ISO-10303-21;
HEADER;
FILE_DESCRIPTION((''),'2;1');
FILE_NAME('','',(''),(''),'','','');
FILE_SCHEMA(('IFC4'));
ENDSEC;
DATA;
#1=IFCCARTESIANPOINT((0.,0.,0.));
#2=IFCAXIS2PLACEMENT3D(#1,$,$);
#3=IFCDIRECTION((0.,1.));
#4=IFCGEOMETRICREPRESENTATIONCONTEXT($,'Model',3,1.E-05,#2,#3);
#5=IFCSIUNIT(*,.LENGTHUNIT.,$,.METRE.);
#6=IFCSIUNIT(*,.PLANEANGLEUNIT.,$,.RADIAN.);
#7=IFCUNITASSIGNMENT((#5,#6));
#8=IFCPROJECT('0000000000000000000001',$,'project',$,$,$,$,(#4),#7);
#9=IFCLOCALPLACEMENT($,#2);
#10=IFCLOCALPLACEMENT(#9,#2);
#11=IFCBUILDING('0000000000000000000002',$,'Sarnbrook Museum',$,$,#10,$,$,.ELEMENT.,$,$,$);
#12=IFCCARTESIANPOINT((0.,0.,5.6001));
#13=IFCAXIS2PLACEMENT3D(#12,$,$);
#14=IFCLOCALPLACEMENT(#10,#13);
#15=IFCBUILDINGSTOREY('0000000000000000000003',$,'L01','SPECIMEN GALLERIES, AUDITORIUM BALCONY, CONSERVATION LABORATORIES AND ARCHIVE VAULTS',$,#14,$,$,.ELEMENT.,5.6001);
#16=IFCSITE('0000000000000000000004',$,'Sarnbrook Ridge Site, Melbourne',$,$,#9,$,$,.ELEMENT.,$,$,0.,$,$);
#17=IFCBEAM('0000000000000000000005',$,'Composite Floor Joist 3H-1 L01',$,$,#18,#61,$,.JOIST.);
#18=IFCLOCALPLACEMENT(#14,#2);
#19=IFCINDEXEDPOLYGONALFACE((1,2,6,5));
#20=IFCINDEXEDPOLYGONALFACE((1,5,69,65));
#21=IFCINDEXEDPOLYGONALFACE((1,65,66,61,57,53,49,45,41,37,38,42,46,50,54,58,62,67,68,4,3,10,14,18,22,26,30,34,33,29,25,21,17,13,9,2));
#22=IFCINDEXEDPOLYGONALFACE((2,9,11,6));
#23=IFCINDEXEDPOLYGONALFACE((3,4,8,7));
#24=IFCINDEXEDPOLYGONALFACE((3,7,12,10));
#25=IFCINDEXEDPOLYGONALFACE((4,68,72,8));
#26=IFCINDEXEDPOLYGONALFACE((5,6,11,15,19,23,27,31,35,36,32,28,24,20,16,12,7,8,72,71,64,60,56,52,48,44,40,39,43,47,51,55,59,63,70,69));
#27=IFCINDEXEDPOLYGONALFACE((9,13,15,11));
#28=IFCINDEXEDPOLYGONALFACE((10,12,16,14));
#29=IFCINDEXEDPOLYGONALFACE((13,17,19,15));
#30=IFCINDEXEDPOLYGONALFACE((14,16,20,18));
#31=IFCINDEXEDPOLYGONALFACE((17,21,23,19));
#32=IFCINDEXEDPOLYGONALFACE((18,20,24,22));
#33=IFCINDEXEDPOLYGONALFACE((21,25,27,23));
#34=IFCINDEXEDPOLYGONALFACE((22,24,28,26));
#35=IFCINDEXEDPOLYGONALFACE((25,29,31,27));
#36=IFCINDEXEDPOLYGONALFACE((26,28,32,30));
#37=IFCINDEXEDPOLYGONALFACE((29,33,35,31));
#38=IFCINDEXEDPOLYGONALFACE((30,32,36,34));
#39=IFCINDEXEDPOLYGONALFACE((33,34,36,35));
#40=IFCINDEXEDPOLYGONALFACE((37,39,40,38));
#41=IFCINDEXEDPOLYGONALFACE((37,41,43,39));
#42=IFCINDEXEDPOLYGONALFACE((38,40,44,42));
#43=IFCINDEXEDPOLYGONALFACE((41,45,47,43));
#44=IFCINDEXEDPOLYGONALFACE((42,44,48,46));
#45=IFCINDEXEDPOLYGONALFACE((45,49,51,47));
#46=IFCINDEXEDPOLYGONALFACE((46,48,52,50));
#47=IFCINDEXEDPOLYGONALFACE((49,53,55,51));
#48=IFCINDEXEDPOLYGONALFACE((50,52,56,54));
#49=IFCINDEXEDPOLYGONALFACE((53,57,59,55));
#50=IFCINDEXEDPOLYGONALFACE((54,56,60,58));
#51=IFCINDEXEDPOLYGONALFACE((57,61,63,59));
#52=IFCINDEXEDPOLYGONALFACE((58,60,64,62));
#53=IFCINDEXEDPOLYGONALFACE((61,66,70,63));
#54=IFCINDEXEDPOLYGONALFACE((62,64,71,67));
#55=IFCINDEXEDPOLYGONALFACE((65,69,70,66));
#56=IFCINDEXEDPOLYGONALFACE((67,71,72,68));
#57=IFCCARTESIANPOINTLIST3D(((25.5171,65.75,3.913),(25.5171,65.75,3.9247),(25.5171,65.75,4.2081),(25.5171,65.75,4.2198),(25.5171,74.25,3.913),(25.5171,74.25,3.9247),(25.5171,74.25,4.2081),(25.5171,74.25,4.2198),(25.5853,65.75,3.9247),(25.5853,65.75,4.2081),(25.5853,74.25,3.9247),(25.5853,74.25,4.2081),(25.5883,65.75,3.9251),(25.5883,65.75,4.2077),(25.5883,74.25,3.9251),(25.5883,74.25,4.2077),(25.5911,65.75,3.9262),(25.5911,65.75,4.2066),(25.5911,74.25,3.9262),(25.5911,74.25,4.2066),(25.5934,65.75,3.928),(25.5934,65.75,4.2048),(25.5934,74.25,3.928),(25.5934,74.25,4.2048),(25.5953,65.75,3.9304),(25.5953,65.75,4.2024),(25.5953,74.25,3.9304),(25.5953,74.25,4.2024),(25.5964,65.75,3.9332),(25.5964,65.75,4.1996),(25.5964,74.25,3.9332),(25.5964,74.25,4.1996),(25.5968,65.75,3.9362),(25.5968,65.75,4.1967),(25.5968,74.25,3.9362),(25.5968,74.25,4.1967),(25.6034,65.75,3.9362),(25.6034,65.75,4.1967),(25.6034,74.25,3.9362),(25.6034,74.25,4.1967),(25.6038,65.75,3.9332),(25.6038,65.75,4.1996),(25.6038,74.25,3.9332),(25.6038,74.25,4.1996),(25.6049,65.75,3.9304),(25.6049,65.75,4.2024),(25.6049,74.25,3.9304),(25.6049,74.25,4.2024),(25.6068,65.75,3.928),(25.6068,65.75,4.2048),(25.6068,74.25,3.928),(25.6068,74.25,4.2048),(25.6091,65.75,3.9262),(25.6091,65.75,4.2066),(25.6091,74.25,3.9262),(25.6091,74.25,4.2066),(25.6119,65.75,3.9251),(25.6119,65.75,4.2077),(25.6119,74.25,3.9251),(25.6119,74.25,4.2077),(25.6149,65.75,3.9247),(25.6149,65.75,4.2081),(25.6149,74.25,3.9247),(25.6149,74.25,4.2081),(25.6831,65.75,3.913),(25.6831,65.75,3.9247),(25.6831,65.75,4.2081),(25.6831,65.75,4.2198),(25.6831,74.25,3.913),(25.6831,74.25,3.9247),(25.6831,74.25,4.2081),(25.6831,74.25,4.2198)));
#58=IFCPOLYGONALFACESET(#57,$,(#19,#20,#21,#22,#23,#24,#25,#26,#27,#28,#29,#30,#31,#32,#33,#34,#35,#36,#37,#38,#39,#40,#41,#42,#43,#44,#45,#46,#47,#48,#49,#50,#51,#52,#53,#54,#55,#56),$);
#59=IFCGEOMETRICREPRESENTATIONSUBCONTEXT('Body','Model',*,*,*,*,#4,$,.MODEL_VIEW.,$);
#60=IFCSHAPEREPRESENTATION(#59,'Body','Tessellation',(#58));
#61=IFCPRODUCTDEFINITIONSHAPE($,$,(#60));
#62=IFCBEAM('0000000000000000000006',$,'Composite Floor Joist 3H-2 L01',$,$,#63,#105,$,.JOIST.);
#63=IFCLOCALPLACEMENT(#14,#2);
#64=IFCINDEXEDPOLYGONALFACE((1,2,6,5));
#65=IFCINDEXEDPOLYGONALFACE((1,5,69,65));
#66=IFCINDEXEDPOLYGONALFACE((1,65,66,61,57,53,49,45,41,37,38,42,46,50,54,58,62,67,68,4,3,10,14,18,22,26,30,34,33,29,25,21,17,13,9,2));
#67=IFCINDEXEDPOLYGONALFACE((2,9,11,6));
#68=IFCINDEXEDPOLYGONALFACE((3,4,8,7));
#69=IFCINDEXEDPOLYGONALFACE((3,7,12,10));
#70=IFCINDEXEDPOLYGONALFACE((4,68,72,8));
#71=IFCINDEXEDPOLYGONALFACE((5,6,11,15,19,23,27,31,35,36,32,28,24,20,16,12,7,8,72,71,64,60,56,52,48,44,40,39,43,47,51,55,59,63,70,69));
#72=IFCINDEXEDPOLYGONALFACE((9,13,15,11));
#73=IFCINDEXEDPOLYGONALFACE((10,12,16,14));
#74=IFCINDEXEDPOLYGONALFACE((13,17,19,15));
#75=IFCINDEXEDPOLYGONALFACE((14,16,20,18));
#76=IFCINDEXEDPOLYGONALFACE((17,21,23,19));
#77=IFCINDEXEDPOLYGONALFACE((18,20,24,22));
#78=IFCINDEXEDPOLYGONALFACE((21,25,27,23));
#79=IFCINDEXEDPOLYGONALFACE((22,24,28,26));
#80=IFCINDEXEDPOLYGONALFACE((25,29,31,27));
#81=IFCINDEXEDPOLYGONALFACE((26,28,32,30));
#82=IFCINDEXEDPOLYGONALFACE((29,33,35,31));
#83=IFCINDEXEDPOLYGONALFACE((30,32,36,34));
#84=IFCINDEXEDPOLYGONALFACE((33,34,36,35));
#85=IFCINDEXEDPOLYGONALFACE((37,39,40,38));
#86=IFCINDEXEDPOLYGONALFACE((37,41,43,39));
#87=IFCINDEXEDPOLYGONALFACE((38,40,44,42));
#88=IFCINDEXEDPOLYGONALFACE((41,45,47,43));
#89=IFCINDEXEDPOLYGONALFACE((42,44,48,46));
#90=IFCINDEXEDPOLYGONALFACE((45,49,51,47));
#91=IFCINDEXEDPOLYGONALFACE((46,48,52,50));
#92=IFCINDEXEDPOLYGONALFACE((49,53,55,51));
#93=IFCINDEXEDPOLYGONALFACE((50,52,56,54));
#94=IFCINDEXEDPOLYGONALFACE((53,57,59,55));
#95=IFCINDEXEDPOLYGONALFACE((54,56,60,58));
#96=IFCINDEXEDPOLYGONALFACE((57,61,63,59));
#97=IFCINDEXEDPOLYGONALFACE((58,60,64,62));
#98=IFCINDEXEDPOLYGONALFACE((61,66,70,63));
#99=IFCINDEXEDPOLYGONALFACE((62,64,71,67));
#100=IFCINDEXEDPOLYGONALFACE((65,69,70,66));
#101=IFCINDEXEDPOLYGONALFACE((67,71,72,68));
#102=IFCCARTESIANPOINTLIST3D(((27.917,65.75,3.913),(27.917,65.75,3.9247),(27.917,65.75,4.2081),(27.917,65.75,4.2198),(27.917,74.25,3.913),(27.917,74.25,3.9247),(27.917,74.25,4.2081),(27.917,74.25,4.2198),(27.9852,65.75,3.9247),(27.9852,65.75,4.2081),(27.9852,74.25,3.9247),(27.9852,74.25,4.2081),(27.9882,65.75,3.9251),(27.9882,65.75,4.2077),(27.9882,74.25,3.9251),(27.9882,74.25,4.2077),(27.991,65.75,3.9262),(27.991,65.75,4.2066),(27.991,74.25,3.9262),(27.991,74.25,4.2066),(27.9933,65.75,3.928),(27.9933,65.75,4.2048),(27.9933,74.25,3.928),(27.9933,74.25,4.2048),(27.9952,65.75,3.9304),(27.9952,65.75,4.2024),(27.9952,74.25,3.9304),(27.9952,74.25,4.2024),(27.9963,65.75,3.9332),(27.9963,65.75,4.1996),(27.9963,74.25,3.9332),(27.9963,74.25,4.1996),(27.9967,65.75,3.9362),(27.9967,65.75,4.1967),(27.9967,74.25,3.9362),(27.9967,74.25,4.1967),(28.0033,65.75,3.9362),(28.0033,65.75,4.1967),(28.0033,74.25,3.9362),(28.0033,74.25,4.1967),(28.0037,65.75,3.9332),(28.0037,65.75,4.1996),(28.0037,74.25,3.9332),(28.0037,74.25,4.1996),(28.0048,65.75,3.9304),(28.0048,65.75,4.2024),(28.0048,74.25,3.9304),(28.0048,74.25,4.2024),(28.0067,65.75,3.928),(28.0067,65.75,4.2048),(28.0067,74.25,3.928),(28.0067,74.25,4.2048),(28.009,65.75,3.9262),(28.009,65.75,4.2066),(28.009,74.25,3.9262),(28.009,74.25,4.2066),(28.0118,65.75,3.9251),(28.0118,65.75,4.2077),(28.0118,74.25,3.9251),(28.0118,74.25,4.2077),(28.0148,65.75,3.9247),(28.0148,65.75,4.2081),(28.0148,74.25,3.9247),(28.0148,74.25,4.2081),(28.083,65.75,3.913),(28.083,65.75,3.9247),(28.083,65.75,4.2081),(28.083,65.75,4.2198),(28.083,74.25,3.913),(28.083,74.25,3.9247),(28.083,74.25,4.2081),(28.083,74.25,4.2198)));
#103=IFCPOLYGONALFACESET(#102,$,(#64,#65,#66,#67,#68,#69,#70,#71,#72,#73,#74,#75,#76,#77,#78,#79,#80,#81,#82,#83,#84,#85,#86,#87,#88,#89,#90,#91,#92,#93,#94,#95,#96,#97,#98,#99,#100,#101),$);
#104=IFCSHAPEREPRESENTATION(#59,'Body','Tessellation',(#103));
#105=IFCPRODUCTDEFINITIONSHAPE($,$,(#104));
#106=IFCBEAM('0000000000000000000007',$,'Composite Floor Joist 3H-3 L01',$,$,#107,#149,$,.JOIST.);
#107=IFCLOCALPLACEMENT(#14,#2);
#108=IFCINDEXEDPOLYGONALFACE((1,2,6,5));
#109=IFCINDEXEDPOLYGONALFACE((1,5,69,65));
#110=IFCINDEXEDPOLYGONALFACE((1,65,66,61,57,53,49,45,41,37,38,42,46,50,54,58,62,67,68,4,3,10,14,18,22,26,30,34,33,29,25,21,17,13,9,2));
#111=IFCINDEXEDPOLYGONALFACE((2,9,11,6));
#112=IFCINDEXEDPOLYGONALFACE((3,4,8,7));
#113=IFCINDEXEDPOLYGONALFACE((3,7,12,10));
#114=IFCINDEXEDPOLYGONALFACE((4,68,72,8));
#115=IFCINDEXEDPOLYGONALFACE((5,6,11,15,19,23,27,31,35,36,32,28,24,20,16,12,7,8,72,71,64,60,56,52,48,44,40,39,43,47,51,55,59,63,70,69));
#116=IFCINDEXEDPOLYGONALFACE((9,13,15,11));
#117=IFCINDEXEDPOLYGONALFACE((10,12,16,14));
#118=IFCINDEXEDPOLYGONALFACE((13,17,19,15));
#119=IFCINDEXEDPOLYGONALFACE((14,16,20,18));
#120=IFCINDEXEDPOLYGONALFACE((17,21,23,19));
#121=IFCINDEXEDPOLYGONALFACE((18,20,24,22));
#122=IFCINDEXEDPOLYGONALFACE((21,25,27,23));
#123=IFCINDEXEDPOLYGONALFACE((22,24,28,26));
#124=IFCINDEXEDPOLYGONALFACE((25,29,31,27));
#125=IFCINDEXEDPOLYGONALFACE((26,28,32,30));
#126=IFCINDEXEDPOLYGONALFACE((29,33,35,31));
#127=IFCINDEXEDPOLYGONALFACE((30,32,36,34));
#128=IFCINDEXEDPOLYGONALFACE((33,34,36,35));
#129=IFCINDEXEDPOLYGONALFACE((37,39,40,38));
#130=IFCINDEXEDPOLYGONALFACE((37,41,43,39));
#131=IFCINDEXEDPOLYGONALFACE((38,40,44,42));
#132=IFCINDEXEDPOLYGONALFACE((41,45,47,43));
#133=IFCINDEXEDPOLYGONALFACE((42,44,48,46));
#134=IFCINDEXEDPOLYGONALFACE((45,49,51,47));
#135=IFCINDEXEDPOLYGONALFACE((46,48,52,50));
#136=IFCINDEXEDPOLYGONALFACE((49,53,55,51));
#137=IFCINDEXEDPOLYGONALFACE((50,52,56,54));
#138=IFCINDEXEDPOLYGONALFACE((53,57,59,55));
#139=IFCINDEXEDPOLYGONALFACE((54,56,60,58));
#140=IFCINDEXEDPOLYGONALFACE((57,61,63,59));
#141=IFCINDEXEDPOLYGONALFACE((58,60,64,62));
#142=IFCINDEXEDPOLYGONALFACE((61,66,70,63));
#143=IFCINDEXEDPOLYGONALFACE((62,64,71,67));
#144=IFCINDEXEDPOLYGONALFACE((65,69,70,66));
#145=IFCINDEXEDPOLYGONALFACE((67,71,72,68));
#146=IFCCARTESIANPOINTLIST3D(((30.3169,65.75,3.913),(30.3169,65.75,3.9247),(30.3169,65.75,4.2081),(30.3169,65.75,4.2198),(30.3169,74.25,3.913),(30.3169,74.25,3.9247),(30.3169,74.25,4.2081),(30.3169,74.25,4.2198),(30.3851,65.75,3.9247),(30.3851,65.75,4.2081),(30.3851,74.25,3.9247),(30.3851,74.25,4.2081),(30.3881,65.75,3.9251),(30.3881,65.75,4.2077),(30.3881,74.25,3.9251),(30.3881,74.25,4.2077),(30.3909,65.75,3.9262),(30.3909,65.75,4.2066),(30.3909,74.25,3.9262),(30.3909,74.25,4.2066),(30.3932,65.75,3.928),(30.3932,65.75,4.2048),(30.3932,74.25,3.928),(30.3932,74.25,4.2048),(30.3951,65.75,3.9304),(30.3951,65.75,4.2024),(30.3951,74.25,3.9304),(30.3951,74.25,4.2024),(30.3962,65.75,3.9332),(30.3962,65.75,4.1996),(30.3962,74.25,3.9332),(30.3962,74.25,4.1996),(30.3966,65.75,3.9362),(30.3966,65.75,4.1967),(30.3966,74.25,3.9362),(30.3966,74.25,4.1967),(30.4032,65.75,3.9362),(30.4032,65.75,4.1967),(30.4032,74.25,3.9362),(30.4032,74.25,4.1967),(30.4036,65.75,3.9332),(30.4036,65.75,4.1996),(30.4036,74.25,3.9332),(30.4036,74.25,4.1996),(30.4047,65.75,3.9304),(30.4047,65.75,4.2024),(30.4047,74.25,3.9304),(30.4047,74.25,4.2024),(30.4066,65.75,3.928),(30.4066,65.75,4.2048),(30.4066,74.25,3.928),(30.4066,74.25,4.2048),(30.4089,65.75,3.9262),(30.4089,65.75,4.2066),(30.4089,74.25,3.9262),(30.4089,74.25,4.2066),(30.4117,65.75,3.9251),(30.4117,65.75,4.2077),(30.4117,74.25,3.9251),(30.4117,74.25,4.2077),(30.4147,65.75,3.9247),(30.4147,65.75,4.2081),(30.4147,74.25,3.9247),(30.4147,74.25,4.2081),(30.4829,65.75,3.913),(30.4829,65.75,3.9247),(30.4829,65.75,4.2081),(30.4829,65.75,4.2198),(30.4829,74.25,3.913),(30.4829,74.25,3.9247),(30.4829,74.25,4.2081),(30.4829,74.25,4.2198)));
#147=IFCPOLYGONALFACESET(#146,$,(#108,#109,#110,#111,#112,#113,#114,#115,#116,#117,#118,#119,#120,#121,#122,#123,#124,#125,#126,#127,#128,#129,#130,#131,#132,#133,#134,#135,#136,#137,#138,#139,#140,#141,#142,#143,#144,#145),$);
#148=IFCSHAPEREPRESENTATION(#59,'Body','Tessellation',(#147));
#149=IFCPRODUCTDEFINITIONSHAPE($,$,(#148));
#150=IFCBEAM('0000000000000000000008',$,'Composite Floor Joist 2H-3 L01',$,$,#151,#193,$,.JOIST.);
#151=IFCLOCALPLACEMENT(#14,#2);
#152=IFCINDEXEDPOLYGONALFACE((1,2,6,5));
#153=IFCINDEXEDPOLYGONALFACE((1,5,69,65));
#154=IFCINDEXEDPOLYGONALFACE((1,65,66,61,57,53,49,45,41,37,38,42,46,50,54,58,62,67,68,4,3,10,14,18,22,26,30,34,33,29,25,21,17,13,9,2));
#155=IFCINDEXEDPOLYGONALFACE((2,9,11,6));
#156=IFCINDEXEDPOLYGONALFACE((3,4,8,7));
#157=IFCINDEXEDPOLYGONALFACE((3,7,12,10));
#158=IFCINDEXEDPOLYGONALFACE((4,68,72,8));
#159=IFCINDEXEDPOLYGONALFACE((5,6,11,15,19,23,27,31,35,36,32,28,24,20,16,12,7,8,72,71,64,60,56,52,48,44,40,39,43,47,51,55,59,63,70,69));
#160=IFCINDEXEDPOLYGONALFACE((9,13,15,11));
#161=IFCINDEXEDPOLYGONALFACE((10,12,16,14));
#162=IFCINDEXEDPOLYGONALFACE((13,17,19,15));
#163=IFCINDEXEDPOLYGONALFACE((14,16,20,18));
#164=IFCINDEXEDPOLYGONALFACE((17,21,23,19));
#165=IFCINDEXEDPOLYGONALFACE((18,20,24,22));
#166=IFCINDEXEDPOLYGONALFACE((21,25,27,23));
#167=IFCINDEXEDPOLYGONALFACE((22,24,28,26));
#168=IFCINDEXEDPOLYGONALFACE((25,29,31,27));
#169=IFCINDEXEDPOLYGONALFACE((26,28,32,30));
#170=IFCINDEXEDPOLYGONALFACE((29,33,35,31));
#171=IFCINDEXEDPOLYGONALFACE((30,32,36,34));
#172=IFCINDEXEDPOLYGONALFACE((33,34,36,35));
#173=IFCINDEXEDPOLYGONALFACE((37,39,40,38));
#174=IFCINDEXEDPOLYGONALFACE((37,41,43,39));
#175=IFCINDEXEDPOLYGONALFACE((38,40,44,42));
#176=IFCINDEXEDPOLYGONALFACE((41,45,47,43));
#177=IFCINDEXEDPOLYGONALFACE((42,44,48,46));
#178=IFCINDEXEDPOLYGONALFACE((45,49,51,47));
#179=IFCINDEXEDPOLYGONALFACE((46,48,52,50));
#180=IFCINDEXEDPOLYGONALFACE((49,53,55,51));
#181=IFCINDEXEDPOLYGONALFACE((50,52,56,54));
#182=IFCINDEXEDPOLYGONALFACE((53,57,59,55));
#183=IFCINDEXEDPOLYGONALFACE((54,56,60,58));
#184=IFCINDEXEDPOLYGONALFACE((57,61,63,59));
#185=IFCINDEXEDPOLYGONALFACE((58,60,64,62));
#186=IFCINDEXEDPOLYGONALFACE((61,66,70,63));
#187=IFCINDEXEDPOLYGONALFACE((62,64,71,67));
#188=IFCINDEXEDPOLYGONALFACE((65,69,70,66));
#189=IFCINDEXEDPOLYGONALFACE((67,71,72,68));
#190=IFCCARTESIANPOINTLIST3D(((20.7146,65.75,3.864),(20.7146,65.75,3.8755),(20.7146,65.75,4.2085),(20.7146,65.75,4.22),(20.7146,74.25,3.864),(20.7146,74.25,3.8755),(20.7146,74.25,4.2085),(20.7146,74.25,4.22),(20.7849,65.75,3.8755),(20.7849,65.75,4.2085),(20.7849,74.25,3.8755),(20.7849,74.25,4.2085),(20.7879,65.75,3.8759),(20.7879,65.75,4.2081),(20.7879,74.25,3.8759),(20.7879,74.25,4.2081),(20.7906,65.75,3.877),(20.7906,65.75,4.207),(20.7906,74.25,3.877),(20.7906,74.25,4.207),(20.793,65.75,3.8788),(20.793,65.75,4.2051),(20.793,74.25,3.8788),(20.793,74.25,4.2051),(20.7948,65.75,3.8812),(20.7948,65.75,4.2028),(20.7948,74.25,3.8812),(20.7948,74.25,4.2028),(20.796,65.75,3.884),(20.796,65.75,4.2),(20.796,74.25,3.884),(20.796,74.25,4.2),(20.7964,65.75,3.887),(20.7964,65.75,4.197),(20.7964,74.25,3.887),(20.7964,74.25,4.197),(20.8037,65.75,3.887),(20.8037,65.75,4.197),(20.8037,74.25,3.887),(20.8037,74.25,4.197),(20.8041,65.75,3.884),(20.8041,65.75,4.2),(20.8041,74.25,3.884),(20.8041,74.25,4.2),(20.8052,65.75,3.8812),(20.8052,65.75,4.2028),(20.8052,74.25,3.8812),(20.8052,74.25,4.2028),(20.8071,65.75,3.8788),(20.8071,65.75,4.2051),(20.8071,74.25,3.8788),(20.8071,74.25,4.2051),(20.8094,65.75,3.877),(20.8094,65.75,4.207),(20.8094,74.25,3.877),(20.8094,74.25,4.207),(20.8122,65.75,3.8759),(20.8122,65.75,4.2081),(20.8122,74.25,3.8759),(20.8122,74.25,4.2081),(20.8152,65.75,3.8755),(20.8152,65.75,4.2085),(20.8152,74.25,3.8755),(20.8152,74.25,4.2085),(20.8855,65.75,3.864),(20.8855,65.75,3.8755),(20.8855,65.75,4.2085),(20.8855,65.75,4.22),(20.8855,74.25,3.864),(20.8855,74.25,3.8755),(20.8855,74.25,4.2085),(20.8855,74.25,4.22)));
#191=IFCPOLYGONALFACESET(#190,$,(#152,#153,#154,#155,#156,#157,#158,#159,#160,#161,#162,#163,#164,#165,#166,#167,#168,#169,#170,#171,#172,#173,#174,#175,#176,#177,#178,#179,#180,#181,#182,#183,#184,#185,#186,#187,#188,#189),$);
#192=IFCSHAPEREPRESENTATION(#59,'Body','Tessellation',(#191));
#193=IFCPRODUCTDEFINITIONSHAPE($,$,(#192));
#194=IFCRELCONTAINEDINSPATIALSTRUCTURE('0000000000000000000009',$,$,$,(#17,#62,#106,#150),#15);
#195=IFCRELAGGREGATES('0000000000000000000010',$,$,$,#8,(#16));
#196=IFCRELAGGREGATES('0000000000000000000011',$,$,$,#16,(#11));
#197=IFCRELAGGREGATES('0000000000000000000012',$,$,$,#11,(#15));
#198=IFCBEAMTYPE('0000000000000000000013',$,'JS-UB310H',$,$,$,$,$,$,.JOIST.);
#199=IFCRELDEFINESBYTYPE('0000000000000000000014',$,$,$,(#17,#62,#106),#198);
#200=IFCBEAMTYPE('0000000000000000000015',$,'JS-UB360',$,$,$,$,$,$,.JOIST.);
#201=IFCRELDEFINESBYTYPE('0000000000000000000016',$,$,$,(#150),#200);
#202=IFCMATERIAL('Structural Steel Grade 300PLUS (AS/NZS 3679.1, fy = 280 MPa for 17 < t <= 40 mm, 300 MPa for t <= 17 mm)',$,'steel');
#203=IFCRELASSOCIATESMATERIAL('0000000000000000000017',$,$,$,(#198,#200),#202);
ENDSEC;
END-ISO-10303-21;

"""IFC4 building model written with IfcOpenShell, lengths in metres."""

from ifc_helpers import new_model, si_unit, direction, frame, origin, origin_2d, place, context, subcontext, project, spatial, i_section, extrude, material, material_profile, profile_set, type_object, element, save


model = new_model("IFC4")

# Units and contexts
model_context = context("Model", 3, precision=1e-05, world=origin(), true_north=direction((0.0, 1.0)))
body_context = subcontext(model_context, "Body", "Model", "MODEL_VIEW")
ifc_project = project(units=[si_unit("LENGTHUNIT", "METRE"), si_unit("PLANEANGLEUNIT", "RADIAN")], contexts=[model_context])

# Site, building, storey
site_placement = place(None, origin())
site = spatial("IfcSite", under=ifc_project, at=site_placement, Name="Sarnbrook Ridge Site, Melbourne", CompositionType="ELEMENT", RefElevation=0.0)
building_placement = place(site_placement, origin())
building = spatial("IfcBuilding", under=site, at=building_placement, Name="Sarnbrook Museum", CompositionType="ELEMENT")
storey_placement = place(building_placement, frame((0.0, 0.0, 5.6001)))
storey = spatial("IfcBuildingStorey", under=building, at=storey_placement, Name="L01", Description="SPECIMEN GALLERIES, AUDITORIUM BALCONY, CONSERVATION LABORATORIES AND ARCHIVE VAULTS", CompositionType="ELEMENT", Elevation=5.6001)

# Shared definitions
ifc_material_1 = material(Name="Structural Steel Grade 300PLUS (AS/NZS 3679.1, fy = 280 MPa for 17 < t <= 40 mm, 300 MPa for t <= 17 mm)", Category="steel")

# Beams
ifc_material_profile_1 = material_profile(ifc_material_1, i_section(OverallWidth=0.166, OverallDepth=0.3069, WebThickness=0.0066, FlangeThickness=0.0117, FilletRadius=0.0115, at=origin_2d()), Name="310UB46.2")
ifc_profile_set_1 = profile_set([ifc_material_profile_1], Name="Structural Steel Grade 300PLUS (AS/NZS 3679.1, fy = 280 MPa for 17 < t <= 40 mm, 300 MPa for t <= 17 mm)")
beam_type_1 = type_object("IfcBeamType", Name="JS-UB310H", PredefinedType="JOIST", material=ifc_profile_set_1)
for number, where, z_axis, x_axis, name in (
    (1, (25.6001, 65.75, 4.0664), (0.0, 1.0, 0.0), (-1.0, 0.0, 0.0), "Composite Floor Joist 3H-1 L01"),
    (2, (28.0, 65.75, 4.0664), (0.0, 1.0, 0.0), (-1.0, 0.0, 0.0), "Composite Floor Joist 3H-2 L01"),
    (3, (30.3999, 65.75, 4.0664), (0.0, 1.0, 0.0), (-1.0, 0.0, 0.0), "Composite Floor Joist 3H-3 L01"),
):
    element("IfcBeam", number, at=place(storey_placement, frame(where, z_axis=z_axis, x_axis=x_axis)), inside=storey, type_object=beam_type_1, Name=name, PredefinedType="JOIST", context=body_context, shape_type="SweptSolid", body=[
        extrude(i_section(OverallWidth=0.166, OverallDepth=0.3069, WebThickness=0.0066, FlangeThickness=0.0117, FilletRadius=0.0115, at=origin_2d()), origin(), (0.0, 0.0, 1.0), 8.5),
    ])
ifc_material_profile_2 = material_profile(ifc_material_1, i_section(OverallWidth=0.1709, OverallDepth=0.356, WebThickness=0.0073, FlangeThickness=0.0115, FilletRadius=0.0115, at=origin_2d()), Name="360UB50.7")
ifc_profile_set_2 = profile_set([ifc_material_profile_2], Name="Structural Steel Grade 300PLUS (AS/NZS 3679.1, fy = 280 MPa for 17 < t <= 40 mm, 300 MPa for t <= 17 mm)")
beam_type_2 = type_object("IfcBeamType", Name="JS-UB360", PredefinedType="JOIST", material=ifc_profile_set_2)
for number, where, z_axis, x_axis, name in (
    (4, (20.8, 65.75, 4.042), (0.0, 1.0, 0.0), (-1.0, 0.0, 0.0), "Composite Floor Joist 2H-3 L01"),
):
    element("IfcBeam", number, at=place(storey_placement, frame(where, z_axis=z_axis, x_axis=x_axis)), inside=storey, type_object=beam_type_2, Name=name, PredefinedType="JOIST", context=body_context, shape_type="SweptSolid", body=[
        extrude(i_section(OverallWidth=0.1709, OverallDepth=0.356, WebThickness=0.0073, FlangeThickness=0.0115, FilletRadius=0.0115, at=origin_2d()), origin(), (0.0, 0.0, 1.0), 8.5),
    ])

save(model, "model.ifc")
